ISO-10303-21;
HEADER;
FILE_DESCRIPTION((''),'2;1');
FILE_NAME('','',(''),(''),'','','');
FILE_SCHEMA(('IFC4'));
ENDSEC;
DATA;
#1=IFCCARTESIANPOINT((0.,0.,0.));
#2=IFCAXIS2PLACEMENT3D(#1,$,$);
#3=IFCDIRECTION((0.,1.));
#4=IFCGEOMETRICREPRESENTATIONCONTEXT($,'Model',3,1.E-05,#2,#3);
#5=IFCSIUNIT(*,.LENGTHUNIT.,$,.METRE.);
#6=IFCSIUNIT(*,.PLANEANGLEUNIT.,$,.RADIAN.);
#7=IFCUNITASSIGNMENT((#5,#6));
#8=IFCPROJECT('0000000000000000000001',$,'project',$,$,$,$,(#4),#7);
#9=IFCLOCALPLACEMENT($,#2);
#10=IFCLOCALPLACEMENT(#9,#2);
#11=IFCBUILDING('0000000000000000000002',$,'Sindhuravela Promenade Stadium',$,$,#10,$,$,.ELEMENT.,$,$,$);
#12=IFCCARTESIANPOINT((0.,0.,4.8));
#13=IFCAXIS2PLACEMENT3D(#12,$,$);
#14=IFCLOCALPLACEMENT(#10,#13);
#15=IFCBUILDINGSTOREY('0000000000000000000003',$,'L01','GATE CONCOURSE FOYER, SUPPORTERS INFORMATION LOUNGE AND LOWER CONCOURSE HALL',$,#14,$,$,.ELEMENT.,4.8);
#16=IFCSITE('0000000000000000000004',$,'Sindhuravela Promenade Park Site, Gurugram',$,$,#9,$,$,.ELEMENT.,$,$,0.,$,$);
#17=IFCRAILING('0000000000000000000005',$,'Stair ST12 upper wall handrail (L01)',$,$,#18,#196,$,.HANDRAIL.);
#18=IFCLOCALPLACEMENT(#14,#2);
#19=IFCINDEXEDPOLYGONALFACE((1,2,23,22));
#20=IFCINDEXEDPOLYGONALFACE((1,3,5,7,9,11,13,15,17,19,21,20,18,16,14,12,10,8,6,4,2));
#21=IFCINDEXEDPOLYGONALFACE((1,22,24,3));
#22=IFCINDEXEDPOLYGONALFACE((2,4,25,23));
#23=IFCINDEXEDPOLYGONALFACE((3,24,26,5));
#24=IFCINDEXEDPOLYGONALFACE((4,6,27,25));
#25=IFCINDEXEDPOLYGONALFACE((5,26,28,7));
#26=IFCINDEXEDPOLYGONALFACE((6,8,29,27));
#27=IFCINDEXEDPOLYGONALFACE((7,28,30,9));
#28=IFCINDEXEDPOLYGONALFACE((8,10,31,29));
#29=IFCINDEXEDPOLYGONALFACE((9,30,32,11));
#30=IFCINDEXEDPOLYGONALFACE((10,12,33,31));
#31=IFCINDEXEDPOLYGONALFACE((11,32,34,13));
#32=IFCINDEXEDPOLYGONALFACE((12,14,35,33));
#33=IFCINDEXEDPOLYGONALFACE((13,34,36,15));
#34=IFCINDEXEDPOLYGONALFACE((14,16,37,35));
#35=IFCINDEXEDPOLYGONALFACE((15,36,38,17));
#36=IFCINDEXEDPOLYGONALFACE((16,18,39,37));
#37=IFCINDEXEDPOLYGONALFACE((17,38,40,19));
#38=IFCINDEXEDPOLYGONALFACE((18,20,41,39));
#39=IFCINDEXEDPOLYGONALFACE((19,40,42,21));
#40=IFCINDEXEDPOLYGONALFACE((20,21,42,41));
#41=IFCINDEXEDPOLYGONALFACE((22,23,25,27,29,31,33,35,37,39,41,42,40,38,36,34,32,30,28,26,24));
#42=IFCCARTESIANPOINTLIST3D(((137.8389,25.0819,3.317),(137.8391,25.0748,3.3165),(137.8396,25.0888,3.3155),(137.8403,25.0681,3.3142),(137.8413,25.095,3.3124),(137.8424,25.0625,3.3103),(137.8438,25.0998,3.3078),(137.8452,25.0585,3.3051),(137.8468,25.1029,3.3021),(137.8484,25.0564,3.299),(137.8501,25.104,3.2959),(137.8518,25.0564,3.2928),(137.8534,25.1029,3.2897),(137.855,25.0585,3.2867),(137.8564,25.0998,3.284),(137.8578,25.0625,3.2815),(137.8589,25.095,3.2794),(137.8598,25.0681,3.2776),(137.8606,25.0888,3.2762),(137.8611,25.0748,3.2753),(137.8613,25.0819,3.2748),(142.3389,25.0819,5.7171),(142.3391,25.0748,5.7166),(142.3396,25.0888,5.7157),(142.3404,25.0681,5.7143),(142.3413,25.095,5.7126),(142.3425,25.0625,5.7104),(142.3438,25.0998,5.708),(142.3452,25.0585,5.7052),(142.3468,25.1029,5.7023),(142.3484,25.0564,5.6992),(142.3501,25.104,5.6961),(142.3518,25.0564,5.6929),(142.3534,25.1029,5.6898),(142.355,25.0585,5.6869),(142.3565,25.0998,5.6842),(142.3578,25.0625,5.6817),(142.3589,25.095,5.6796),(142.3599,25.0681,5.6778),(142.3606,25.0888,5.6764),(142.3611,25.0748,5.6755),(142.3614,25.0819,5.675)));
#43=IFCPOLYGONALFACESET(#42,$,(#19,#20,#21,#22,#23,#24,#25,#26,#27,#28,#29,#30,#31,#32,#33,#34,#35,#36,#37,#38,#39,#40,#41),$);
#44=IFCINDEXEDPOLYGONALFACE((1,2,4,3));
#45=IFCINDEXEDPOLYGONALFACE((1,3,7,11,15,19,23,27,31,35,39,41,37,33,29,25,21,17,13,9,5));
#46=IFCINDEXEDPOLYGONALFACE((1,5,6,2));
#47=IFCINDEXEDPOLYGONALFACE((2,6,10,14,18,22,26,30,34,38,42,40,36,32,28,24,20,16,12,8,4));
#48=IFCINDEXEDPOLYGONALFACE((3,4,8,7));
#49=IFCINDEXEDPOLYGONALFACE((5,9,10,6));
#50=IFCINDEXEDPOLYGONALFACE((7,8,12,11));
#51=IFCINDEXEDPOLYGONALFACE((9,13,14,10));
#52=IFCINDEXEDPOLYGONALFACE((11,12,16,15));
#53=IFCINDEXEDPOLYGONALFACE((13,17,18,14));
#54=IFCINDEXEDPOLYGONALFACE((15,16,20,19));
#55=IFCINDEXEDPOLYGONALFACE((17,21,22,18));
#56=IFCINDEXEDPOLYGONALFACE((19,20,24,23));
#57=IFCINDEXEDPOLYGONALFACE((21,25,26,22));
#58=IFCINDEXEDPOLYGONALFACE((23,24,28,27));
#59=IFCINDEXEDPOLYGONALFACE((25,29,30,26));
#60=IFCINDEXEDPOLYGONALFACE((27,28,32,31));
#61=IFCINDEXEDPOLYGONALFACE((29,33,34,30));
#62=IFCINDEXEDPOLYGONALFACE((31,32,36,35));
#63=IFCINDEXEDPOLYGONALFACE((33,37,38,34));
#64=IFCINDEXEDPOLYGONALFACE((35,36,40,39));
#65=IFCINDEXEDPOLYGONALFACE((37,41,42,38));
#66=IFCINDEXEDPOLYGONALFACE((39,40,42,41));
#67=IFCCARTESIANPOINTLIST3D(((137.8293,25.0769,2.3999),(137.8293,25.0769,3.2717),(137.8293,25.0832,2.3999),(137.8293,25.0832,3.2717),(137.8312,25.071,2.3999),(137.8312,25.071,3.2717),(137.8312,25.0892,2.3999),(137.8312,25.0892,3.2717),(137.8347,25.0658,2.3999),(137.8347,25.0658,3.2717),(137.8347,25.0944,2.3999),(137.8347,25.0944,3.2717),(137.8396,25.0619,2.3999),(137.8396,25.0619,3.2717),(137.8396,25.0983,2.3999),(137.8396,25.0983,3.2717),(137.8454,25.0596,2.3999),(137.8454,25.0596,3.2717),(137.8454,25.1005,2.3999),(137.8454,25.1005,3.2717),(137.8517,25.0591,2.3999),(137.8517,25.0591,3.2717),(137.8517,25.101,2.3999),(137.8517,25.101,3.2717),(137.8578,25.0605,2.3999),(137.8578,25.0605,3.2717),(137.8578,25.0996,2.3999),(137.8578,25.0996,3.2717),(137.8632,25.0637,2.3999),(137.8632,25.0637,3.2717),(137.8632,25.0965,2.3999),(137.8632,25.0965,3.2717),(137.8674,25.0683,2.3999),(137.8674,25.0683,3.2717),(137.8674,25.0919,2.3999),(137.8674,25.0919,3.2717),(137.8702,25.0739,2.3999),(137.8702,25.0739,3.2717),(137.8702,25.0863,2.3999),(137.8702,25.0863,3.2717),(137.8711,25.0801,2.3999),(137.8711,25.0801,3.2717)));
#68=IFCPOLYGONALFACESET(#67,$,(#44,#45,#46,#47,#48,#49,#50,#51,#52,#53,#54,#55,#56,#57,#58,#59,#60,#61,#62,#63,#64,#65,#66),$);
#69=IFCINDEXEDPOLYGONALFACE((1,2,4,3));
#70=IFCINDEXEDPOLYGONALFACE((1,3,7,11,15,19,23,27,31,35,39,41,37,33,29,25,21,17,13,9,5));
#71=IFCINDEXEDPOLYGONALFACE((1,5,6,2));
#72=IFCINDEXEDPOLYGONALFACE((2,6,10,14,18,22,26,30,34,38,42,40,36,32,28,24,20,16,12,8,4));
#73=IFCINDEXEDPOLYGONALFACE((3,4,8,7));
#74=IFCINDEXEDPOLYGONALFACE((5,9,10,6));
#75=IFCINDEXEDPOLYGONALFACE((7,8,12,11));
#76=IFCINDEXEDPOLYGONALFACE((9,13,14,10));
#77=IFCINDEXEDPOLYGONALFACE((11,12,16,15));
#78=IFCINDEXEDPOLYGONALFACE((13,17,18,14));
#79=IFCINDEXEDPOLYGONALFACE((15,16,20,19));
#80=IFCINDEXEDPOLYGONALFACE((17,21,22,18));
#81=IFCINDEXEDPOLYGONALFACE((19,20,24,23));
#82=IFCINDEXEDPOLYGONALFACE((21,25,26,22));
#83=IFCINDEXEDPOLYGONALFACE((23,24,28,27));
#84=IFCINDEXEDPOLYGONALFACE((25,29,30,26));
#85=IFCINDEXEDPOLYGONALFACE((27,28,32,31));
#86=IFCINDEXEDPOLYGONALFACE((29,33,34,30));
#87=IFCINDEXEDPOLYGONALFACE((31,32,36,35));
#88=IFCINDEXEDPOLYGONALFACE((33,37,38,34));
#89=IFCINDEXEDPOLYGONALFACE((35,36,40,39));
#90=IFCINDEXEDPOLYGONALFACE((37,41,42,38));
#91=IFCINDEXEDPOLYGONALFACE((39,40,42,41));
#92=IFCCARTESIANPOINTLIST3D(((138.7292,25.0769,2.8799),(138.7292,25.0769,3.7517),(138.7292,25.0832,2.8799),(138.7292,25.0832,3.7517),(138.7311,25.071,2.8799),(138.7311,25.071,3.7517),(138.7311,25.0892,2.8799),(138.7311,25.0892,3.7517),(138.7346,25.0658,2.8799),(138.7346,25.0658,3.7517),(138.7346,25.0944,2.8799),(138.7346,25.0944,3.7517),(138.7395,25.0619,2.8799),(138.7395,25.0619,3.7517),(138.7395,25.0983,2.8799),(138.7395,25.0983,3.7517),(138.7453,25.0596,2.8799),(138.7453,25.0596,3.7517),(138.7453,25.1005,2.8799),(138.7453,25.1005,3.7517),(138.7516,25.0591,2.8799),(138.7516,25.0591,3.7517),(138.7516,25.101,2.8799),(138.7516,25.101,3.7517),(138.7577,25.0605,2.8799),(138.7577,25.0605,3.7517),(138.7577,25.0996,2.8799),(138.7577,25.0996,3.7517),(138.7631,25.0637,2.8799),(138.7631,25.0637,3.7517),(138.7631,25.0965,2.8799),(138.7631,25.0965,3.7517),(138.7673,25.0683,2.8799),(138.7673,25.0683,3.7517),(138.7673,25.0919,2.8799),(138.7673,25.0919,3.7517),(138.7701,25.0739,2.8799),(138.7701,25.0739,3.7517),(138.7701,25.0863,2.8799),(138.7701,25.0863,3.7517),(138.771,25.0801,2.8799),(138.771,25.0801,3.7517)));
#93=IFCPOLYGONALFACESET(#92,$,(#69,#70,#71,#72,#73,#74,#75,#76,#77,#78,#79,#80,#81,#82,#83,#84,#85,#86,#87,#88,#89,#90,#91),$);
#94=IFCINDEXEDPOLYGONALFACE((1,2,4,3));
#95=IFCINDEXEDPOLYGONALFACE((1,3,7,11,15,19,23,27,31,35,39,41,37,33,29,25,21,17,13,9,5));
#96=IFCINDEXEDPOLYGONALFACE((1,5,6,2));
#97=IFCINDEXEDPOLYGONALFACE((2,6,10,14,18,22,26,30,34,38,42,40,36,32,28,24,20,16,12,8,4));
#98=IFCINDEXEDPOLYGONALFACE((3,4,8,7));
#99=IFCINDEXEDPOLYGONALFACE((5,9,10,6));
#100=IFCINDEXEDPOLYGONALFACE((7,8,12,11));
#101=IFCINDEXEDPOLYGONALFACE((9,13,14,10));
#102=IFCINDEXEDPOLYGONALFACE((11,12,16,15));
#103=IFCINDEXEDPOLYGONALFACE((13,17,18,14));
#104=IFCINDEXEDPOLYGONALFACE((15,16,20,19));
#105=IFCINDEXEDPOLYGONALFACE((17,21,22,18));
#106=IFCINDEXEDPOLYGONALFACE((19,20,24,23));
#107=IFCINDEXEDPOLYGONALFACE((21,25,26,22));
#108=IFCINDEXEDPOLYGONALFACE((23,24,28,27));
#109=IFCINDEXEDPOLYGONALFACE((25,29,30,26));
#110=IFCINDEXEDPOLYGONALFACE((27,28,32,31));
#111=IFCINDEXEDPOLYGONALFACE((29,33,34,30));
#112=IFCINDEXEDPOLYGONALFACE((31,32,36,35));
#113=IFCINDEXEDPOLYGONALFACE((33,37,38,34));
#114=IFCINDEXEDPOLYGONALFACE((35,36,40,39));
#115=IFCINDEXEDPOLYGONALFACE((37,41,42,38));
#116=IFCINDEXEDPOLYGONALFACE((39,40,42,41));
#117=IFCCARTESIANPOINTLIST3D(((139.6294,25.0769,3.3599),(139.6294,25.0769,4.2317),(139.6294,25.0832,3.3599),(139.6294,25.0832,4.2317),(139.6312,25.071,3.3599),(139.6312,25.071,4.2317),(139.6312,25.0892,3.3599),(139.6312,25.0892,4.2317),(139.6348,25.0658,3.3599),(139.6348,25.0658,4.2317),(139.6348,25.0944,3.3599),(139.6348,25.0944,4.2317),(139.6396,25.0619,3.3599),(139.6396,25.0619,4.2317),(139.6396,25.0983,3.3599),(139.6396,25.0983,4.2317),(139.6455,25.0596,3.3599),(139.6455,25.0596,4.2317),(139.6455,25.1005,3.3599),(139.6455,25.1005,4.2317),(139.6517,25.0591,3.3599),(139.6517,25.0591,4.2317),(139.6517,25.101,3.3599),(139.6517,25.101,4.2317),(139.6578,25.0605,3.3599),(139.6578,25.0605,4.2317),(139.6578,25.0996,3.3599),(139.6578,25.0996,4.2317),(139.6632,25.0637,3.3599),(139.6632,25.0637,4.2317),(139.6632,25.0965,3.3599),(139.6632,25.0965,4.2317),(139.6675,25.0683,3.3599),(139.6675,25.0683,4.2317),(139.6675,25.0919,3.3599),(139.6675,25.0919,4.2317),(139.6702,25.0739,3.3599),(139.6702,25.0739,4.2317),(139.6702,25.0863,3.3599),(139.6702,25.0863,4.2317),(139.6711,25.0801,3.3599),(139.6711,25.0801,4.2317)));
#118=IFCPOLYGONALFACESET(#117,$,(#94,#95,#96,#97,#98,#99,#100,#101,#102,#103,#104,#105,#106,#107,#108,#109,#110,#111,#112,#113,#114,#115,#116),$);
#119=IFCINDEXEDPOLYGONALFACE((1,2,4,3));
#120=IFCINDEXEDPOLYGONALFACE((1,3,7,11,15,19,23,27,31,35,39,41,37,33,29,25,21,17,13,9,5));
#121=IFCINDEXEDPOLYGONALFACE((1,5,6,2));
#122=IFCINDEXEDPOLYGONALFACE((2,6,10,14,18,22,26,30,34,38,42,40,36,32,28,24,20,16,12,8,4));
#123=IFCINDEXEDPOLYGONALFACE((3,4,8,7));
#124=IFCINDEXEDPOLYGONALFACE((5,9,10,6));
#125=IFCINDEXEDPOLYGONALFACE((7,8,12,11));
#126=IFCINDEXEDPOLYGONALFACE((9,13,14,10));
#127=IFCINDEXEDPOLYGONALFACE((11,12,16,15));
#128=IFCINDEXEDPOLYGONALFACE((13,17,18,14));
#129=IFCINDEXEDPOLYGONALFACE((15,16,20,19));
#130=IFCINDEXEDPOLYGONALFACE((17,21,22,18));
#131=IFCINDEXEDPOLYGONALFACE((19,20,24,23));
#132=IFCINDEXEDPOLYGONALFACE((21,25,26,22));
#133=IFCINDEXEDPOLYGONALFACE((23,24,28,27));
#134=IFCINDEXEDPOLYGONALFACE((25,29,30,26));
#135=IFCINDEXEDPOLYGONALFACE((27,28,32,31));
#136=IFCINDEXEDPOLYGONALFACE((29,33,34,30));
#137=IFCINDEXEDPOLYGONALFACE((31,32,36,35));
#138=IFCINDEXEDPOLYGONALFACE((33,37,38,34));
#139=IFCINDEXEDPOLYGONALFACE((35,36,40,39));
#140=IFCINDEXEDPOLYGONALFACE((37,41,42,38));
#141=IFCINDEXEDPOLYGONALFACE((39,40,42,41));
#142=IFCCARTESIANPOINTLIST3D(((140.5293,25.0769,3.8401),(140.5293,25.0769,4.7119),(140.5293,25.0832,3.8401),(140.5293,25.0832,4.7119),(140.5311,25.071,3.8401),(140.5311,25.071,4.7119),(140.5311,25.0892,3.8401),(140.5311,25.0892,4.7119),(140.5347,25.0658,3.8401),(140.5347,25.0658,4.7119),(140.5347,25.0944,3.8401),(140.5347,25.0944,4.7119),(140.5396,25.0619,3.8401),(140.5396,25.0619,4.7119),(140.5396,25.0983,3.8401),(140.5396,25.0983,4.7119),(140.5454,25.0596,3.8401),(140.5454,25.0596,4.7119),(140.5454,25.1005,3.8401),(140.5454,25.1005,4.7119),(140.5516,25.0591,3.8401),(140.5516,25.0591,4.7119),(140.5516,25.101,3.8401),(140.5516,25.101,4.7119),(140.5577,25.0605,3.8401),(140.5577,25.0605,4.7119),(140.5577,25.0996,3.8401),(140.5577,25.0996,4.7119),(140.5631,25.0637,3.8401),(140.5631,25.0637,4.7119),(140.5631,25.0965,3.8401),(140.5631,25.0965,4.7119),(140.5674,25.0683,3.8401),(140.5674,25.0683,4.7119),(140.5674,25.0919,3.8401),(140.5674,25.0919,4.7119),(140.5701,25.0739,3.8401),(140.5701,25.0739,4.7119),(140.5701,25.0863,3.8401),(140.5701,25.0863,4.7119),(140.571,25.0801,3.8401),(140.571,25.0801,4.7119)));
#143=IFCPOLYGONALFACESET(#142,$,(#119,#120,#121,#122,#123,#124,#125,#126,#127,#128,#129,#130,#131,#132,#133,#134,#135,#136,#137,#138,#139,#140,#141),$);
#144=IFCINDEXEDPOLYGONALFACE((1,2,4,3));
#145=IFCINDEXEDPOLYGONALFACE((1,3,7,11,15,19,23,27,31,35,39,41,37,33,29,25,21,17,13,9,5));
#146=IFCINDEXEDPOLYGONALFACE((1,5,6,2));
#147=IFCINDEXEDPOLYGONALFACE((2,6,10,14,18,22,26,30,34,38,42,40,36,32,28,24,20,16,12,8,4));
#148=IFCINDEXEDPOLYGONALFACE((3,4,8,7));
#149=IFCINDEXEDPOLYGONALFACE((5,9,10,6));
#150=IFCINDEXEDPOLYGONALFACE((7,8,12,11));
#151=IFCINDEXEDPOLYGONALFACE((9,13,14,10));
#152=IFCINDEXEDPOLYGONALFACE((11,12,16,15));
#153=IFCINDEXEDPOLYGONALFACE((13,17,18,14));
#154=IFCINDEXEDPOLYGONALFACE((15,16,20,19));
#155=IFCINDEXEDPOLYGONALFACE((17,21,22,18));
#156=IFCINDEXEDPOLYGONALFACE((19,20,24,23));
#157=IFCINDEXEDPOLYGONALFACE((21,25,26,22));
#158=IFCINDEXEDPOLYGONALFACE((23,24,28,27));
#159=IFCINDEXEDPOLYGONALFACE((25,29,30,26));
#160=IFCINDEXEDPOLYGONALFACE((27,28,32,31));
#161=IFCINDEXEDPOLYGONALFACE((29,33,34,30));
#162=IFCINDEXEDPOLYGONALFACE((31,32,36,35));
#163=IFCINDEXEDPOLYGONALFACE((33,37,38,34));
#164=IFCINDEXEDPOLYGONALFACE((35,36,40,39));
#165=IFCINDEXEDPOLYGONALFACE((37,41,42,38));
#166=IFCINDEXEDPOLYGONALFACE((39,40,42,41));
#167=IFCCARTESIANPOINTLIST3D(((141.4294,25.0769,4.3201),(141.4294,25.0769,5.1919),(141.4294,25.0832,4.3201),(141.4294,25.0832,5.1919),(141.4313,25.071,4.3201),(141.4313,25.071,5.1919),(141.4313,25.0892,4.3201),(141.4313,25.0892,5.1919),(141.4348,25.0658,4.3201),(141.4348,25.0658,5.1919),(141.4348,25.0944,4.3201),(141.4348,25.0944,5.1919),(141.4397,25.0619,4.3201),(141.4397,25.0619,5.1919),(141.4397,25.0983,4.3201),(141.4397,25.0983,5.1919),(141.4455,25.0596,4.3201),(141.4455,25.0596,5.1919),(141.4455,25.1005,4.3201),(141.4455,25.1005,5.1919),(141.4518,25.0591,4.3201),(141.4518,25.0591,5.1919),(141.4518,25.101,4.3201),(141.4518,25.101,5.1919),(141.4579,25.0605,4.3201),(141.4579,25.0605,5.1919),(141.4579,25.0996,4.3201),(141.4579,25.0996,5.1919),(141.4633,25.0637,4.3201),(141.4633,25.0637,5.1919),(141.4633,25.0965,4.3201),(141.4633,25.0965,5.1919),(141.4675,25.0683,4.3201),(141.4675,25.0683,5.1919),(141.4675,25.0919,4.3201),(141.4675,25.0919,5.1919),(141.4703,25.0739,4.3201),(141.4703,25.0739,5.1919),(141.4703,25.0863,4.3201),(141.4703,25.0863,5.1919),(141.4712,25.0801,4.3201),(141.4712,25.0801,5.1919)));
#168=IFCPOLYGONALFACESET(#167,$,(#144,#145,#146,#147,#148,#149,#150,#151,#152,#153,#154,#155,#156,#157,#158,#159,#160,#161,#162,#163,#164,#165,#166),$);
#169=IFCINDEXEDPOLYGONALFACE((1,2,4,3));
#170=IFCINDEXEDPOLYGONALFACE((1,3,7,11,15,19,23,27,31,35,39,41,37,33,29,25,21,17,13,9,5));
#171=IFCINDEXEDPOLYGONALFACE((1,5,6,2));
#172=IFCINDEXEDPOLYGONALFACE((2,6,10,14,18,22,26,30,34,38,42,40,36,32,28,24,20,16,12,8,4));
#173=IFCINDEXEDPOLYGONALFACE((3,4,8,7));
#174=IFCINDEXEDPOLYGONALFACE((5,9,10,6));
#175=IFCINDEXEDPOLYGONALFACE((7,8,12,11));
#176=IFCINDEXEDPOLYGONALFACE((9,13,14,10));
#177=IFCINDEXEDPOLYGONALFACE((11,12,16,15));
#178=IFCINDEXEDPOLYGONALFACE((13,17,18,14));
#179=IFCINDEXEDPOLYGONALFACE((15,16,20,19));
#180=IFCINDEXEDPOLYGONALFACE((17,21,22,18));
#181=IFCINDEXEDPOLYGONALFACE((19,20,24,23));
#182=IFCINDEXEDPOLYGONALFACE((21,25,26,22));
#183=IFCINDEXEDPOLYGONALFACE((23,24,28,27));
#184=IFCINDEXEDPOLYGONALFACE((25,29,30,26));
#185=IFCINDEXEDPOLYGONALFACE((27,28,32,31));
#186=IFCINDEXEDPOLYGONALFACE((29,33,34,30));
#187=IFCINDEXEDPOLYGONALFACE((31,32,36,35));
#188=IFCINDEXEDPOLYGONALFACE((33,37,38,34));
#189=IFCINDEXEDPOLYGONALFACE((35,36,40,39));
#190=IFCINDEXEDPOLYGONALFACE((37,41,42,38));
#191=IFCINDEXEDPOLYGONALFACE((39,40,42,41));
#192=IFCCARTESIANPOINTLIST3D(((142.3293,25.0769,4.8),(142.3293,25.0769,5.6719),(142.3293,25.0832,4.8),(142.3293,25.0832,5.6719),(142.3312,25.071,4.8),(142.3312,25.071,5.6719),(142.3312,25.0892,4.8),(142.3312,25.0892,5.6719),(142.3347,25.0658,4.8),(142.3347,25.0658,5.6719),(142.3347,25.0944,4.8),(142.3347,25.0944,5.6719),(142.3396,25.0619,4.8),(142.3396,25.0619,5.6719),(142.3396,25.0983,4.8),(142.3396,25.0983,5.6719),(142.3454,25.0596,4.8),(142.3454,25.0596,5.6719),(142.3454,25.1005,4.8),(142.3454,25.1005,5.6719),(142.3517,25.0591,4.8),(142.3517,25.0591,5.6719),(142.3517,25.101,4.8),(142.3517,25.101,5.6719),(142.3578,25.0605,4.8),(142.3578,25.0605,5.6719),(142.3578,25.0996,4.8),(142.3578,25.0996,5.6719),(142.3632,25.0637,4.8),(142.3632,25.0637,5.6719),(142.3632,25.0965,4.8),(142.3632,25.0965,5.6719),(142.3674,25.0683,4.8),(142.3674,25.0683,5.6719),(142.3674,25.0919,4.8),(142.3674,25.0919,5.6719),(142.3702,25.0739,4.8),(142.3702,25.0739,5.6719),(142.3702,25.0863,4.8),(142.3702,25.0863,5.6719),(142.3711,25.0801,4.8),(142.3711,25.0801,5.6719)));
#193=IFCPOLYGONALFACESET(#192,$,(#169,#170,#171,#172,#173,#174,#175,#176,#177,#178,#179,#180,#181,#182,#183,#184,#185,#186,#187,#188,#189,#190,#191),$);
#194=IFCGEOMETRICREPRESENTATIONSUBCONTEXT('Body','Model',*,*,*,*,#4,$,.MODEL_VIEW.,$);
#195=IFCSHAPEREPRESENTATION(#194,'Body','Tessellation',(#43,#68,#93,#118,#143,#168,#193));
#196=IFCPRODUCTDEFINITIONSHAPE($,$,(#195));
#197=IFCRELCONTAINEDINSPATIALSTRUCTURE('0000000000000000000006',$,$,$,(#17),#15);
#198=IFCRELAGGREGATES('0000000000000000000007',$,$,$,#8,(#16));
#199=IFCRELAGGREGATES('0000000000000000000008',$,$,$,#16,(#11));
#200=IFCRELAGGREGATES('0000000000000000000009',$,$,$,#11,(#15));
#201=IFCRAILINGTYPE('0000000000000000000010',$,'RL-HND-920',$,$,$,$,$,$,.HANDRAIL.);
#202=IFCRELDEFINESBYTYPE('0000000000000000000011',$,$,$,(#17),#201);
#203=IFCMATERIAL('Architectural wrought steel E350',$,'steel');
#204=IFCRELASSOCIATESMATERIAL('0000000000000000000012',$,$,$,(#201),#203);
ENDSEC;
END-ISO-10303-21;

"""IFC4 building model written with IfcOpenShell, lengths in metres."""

from ifc_helpers import new_model, si_unit, direction, frame, origin, origin_2d, place, context, subcontext, project, spatial, circle, extrude, material, type_object, element, save


model = new_model("IFC4")

# Units and contexts
model_context = context("Model", 3, precision=1e-05, world=origin(), true_north=direction((0.0, 1.0)))
body_context = subcontext(model_context, "Body", "Model", "MODEL_VIEW")
ifc_project = project(units=[si_unit("LENGTHUNIT", "METRE"), si_unit("PLANEANGLEUNIT", "RADIAN")], contexts=[model_context])

# Site, building, storey
site_placement = place(None, origin())
site = spatial("IfcSite", under=ifc_project, at=site_placement, Name="Sindhuravela Promenade Park Site, Gurugram", CompositionType="ELEMENT", RefElevation=0.0)
building_placement = place(site_placement, origin())
building = spatial("IfcBuilding", under=site, at=building_placement, Name="Sindhuravela Promenade Stadium", CompositionType="ELEMENT")
storey_placement = place(building_placement, frame((0.0, 0.0, 4.8)))
storey = spatial("IfcBuildingStorey", under=building, at=storey_placement, Name="L01", Description="GATE CONCOURSE FOYER, SUPPORTERS INFORMATION LOUNGE AND LOWER CONCOURSE HALL", CompositionType="ELEMENT", Elevation=4.8)

# Railing
ifc_material_1 = material(Name="Architectural wrought steel E350", Category="steel")
railing_type_1 = type_object("IfcRailingType", Name="RL-HND-920", PredefinedType="HANDRAIL", material=ifc_material_1)
railing_1_placement = place(storey_placement, frame((137.8501, 25.0801, 2.3999)))
element("IfcRailing", 1, at=railing_1_placement, inside=storey, type_object=railing_type_1, Name="Stair ST12 upper wall handrail (L01)", PredefinedType="HANDRAIL", context=body_context, shape_type="SweptSolid", body=[
    extrude(circle(Radius=0.0239, at=origin_2d()), frame((0.0, 0.0, 0.896), z_axis=(0.882341, 0.0, 0.470611), x_axis=(0.0, 1.0, 0.0)), (0.0, 0.0, 1.0), 5.1001),
    extrude(circle(Radius=0.021, at=origin_2d()), origin(), (0.0, 0.0, 1.0), 0.8718),
    extrude(circle(Radius=0.021, at=origin_2d()), frame((0.8999, 0.0, 0.48)), (0.0, 0.0, 1.0), 0.8718),
    extrude(circle(Radius=0.021, at=origin_2d()), frame((1.8, 0.0, 0.96)), (0.0, 0.0, 1.0), 0.8718),
    extrude(circle(Radius=0.021, at=origin_2d()), frame((2.7, 0.0, 1.4402)), (0.0, 0.0, 1.0), 0.8718),
    extrude(circle(Radius=0.021, at=origin_2d()), frame((3.6001, 0.0, 1.9202)), (0.0, 0.0, 1.0), 0.8718),
    extrude(circle(Radius=0.021, at=origin_2d()), frame((4.5, 0.0, 2.4001)), (0.0, 0.0, 1.0), 0.8718),
])

save(model, "model.ifc")
